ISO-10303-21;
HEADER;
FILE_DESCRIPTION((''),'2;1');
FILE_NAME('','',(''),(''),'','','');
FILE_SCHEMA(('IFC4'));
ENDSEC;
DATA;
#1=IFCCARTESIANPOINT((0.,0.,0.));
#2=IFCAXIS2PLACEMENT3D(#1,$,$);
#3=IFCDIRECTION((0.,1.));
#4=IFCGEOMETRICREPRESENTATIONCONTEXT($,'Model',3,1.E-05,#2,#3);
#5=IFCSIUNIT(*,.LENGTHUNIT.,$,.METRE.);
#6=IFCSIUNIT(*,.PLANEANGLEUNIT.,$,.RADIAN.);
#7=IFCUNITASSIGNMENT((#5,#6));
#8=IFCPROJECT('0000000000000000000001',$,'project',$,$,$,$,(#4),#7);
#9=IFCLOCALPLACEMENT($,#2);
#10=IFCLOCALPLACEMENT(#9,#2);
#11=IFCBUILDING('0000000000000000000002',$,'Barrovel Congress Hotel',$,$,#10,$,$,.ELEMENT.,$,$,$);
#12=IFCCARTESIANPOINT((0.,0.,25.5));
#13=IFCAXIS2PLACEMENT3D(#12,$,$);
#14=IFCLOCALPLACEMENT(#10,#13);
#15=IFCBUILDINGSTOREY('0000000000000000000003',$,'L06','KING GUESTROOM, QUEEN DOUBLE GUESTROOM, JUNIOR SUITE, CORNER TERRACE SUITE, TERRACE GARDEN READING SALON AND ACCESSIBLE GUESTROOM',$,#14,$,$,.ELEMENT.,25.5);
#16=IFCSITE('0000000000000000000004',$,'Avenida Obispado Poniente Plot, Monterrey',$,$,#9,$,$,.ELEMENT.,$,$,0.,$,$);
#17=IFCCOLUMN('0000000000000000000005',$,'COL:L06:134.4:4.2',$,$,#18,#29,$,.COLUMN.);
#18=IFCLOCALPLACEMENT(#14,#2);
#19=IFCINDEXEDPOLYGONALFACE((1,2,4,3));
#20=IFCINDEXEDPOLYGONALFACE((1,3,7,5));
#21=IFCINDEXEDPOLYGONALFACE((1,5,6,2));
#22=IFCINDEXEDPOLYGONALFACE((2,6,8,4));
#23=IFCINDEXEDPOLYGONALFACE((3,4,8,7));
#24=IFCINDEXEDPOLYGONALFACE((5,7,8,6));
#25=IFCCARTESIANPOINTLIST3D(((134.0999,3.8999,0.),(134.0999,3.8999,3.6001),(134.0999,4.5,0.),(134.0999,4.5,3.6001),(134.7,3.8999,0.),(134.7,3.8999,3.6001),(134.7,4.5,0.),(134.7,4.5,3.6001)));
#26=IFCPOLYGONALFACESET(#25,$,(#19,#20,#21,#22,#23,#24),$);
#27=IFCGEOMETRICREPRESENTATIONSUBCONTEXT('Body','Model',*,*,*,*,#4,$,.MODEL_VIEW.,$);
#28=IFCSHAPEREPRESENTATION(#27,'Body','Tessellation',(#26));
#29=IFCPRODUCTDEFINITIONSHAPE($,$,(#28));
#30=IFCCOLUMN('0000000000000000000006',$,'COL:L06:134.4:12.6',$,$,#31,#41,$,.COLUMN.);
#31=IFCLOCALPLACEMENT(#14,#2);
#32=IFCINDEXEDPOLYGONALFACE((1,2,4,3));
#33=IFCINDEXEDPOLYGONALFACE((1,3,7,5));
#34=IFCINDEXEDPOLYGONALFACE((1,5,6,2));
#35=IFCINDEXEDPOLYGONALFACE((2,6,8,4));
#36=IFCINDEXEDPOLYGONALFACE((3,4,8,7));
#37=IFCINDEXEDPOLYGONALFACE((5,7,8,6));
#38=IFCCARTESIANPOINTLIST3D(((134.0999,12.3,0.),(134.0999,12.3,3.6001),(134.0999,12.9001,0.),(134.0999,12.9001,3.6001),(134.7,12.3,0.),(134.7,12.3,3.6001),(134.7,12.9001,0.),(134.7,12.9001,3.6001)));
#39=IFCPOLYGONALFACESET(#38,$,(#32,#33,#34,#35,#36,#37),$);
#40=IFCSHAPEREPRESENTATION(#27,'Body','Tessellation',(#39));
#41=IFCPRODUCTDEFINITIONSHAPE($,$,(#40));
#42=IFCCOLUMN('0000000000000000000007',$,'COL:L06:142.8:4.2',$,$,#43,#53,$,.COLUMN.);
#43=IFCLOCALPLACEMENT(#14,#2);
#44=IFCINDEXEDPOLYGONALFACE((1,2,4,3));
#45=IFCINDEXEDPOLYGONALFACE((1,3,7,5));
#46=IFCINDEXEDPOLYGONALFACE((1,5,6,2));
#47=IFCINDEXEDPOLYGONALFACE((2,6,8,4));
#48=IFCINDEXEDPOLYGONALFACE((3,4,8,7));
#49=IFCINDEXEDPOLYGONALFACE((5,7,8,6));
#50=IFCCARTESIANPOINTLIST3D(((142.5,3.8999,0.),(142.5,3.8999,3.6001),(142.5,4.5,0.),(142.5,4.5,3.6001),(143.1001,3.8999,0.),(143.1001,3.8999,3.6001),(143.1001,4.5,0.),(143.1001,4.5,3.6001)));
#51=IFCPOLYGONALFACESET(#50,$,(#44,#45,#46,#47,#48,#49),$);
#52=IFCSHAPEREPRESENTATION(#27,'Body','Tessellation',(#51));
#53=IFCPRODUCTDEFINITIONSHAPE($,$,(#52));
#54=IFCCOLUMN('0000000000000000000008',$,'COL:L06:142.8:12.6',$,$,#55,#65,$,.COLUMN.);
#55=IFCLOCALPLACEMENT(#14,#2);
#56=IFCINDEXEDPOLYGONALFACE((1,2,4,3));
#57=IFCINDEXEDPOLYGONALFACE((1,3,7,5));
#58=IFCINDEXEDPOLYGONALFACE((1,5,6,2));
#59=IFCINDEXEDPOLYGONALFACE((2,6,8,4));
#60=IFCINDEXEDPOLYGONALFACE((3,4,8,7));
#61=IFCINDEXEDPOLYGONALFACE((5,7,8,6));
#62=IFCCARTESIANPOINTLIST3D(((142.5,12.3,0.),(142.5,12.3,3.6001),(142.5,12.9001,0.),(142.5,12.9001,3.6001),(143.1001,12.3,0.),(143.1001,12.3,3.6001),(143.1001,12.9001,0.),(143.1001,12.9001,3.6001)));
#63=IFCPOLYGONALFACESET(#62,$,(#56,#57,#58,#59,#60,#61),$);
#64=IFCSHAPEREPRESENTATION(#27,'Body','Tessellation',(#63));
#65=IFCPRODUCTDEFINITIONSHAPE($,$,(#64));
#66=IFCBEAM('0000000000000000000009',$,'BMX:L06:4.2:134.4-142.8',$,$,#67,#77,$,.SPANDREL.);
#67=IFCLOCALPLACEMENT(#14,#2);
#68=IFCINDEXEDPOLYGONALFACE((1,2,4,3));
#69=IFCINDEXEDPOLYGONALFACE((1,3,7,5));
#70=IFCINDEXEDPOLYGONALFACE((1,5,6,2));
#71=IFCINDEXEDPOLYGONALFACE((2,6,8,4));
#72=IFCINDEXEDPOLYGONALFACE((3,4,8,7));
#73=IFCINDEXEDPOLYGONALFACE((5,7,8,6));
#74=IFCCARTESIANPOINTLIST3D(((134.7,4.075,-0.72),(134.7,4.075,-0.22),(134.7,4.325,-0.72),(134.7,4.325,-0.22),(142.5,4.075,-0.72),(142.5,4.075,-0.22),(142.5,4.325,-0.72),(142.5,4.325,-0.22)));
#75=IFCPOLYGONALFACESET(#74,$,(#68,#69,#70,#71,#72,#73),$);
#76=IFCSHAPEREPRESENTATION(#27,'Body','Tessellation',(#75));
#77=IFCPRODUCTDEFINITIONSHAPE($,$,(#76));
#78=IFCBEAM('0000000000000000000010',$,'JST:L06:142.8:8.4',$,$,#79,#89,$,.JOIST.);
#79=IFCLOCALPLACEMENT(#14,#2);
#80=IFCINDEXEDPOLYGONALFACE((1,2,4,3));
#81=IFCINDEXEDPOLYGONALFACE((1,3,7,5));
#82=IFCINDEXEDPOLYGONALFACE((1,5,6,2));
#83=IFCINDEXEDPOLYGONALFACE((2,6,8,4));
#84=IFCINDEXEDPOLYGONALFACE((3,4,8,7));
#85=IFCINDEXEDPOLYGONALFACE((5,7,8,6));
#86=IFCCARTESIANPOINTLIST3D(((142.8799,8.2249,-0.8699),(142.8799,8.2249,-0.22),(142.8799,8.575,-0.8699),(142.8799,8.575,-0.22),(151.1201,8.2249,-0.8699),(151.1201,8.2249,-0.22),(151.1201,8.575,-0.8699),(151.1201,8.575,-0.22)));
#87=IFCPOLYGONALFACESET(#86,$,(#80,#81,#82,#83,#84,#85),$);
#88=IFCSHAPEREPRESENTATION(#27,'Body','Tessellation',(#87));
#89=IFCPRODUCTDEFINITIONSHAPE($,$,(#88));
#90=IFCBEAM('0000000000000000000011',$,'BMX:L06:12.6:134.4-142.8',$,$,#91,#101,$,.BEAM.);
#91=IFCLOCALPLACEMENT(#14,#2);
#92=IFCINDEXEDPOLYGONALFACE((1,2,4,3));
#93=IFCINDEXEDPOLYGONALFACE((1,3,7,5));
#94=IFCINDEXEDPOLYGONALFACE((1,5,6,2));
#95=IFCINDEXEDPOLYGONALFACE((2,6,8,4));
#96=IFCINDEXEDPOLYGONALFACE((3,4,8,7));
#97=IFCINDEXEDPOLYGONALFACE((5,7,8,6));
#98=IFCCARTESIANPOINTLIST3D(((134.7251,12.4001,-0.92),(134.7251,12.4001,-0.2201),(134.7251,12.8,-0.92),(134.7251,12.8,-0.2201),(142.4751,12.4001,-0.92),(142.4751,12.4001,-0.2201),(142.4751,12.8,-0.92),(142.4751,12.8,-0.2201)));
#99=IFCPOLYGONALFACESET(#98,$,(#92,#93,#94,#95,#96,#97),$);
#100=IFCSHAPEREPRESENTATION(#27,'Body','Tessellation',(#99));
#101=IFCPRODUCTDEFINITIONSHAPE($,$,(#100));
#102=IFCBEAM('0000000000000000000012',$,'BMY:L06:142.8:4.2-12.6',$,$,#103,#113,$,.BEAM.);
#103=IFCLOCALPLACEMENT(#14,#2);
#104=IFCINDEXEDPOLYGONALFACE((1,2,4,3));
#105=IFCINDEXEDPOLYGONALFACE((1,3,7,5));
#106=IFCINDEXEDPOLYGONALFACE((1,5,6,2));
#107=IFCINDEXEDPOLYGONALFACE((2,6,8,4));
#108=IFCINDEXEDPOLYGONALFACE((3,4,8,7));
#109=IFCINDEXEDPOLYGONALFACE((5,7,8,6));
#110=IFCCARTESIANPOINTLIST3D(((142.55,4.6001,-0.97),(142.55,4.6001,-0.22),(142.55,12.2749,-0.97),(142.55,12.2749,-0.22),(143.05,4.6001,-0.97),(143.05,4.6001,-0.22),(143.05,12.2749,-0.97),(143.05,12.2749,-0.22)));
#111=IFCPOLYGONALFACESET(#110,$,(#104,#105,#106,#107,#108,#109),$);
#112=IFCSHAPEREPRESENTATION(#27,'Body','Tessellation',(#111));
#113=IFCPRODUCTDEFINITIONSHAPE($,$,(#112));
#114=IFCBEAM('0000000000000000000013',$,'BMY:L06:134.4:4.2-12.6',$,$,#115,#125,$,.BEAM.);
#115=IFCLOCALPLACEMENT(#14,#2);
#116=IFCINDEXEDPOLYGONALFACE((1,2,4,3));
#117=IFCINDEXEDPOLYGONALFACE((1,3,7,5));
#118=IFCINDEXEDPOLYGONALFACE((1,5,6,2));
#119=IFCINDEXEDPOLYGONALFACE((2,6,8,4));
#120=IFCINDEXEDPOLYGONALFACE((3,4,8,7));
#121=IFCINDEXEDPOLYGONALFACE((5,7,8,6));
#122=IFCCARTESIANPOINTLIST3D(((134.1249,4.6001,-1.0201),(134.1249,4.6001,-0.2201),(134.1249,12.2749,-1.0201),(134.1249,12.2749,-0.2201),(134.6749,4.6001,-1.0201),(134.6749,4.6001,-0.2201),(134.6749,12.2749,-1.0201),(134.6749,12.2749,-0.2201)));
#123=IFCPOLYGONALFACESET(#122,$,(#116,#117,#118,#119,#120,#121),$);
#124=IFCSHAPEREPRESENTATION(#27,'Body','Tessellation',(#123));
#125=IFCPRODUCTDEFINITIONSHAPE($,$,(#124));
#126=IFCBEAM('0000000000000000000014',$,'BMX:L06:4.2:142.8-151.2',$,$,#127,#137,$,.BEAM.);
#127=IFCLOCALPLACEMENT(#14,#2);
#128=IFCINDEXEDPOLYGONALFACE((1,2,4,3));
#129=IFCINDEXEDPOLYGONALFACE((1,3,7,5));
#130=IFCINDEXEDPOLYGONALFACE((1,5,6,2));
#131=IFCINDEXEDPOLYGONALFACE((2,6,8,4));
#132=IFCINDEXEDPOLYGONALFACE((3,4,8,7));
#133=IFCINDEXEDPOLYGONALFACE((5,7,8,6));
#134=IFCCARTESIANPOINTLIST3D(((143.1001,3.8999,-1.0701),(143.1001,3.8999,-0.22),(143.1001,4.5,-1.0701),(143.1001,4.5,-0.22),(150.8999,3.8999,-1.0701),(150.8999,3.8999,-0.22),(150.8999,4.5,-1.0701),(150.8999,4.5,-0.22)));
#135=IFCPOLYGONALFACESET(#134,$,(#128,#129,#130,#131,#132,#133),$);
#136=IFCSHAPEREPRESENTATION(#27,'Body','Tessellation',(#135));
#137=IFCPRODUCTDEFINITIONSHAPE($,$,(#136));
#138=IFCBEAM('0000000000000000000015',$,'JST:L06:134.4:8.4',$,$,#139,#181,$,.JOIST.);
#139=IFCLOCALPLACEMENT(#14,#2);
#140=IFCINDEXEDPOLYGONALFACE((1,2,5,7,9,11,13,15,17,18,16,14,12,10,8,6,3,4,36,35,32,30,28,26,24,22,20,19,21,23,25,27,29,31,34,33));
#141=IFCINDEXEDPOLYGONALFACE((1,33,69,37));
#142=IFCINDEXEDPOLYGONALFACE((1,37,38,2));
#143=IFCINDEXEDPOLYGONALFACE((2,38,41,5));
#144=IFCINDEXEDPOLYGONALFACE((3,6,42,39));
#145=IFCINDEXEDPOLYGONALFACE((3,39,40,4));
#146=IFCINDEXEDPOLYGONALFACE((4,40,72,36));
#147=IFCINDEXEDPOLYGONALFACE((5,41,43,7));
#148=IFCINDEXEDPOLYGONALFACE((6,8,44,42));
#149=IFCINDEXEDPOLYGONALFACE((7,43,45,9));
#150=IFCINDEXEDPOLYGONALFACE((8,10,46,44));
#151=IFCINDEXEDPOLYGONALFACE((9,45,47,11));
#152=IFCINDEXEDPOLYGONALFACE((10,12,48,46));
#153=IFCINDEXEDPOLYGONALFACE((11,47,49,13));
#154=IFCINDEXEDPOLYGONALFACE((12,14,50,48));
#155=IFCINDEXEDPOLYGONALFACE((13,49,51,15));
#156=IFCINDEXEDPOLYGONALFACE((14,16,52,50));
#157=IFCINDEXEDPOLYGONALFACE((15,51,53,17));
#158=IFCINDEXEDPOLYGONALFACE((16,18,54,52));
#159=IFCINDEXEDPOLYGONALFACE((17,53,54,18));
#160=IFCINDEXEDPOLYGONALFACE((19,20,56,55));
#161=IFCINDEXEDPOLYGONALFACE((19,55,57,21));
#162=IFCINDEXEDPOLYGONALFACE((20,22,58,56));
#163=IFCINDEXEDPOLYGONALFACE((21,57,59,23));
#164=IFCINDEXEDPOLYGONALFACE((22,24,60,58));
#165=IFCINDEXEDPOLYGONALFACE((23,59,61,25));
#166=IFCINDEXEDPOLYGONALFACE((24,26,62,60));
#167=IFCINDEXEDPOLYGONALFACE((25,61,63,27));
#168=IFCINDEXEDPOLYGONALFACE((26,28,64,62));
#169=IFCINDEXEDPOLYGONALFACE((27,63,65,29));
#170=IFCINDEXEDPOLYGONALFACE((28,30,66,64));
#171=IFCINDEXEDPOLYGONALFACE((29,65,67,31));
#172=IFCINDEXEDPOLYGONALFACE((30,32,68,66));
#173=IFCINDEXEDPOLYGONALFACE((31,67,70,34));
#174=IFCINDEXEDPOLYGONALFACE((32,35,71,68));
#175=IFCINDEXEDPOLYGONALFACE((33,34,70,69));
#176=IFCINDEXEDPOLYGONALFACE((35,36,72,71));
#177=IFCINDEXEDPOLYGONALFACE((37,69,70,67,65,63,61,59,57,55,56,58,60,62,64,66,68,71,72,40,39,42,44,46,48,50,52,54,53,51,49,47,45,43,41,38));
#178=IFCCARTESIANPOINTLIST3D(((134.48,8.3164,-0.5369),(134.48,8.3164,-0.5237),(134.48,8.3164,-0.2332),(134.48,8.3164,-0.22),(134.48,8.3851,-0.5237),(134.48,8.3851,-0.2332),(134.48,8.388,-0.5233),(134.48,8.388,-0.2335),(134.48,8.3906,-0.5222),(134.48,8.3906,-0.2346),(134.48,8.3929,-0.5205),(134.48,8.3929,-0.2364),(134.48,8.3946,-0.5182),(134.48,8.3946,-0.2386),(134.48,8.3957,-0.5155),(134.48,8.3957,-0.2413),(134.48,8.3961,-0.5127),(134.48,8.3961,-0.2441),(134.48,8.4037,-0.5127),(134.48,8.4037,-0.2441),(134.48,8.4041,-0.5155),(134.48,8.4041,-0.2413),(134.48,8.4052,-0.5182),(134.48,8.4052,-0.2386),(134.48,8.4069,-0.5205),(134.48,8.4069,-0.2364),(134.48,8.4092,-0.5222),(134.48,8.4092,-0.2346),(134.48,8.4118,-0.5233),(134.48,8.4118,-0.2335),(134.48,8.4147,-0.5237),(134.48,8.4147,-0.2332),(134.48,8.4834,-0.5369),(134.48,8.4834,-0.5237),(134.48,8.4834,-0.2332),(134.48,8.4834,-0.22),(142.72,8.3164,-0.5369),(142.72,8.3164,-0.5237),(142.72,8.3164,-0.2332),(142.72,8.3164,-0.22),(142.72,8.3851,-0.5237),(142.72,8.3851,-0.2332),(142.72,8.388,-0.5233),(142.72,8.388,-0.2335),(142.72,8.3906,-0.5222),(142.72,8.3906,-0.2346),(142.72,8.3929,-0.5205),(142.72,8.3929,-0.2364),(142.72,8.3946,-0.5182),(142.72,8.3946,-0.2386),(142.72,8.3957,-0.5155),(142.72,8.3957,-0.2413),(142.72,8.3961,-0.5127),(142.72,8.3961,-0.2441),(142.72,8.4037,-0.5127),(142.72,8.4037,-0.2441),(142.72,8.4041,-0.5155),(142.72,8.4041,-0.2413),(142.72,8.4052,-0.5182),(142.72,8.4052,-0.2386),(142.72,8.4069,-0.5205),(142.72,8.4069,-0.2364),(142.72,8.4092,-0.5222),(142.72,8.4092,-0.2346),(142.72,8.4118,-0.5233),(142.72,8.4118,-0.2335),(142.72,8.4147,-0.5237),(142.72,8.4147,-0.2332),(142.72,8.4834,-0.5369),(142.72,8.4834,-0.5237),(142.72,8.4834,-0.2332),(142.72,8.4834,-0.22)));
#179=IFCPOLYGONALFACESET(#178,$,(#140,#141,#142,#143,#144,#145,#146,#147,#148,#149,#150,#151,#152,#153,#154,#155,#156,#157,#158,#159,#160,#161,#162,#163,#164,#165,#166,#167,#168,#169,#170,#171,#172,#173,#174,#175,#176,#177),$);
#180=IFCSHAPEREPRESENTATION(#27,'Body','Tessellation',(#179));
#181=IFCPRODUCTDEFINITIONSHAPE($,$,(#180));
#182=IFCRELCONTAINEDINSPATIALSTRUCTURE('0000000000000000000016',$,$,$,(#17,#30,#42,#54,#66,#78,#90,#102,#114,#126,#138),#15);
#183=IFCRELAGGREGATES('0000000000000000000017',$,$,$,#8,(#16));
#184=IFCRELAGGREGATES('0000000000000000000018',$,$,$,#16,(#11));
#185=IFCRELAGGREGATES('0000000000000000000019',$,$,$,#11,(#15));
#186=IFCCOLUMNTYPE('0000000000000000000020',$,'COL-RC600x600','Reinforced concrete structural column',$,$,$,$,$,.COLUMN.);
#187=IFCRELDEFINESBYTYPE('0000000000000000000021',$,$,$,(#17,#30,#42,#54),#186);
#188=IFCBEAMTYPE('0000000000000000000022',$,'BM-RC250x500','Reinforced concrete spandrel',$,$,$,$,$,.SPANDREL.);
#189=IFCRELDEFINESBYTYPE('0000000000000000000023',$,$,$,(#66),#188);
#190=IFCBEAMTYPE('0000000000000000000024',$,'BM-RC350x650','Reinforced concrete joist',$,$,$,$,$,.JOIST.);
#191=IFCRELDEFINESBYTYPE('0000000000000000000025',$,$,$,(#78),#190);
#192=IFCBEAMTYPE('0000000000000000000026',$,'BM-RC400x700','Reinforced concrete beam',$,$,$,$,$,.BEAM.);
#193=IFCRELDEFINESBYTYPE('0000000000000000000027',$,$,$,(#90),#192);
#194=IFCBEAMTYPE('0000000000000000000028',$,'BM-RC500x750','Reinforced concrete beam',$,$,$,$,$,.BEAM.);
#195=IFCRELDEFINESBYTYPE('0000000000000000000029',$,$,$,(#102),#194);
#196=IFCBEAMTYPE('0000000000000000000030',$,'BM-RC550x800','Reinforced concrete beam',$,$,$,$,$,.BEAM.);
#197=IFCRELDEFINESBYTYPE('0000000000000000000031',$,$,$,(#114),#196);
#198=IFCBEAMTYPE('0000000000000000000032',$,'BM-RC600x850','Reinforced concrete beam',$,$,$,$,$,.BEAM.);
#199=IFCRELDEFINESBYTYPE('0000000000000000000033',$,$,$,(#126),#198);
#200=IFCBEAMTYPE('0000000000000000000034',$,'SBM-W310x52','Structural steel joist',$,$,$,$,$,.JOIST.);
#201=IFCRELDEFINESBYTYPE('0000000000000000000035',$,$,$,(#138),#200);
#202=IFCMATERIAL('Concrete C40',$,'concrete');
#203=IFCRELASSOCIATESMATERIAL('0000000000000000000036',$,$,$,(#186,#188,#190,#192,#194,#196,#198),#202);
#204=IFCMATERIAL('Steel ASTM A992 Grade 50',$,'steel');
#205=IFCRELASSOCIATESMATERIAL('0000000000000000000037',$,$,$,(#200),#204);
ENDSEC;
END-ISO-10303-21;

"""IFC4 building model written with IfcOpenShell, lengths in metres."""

from ifc_helpers import new_model, si_unit, direction, frame, origin, origin_2d, place, context, subcontext, project, spatial, rectangle, i_section, extrude, material, material_profile, profile_set, type_object, element, save


model = new_model("IFC4")

# Units and contexts
model_context = context("Model", 3, precision=1e-05, world=origin(), true_north=direction((0.0, 1.0)))
body_context = subcontext(model_context, "Body", "Model", "MODEL_VIEW")
ifc_project = project(units=[si_unit("LENGTHUNIT", "METRE"), si_unit("PLANEANGLEUNIT", "RADIAN")], contexts=[model_context])

# Site, building, storey
site_placement = place(None, origin())
site = spatial("IfcSite", under=ifc_project, at=site_placement, Name="Avenida Obispado Poniente Plot, Monterrey", CompositionType="ELEMENT", RefElevation=0.0)
building_placement = place(site_placement, origin())
building = spatial("IfcBuilding", under=site, at=building_placement, Name="Barrovel Congress Hotel", CompositionType="ELEMENT")
storey_placement = place(building_placement, frame((0.0, 0.0, 25.5)))
storey = spatial("IfcBuildingStorey", under=building, at=storey_placement, Name="L06", Description="KING GUESTROOM, QUEEN DOUBLE GUESTROOM, JUNIOR SUITE, CORNER TERRACE SUITE, TERRACE GARDEN READING SALON AND ACCESSIBLE GUESTROOM", CompositionType="ELEMENT", Elevation=25.5)

# Columns
ifc_material_1 = material(Name="Concrete C40", Category="concrete")
ifc_material_profile_1 = material_profile(ifc_material_1, rectangle(XDim=0.6001, YDim=0.6001, at=origin_2d()), Name="RC600x600")
ifc_profile_set_1 = profile_set([ifc_material_profile_1], Name="Concrete C40")
column_type = type_object("IfcColumnType", Name="COL-RC600x600", Description="Reinforced concrete structural column", PredefinedType="COLUMN", material=ifc_profile_set_1)
for number, where, z_axis, x_axis, name in (
    (1, (134.3999, 4.2, 0.0), (0.0, 0.0, 1.0), (1.0, 0.0, 0.0), "COL:L06:134.4:4.2"),
    (2, (134.3999, 12.6001, 0.0), (0.0, 0.0, 1.0), (1.0, 0.0, 0.0), "COL:L06:134.4:12.6"),
    (3, (142.8, 4.2, 0.0), (0.0, 0.0, 1.0), (1.0, 0.0, 0.0), "COL:L06:142.8:4.2"),
    (4, (142.8, 12.6001, 0.0), (0.0, 0.0, 1.0), (1.0, 0.0, 0.0), "COL:L06:142.8:12.6"),
):
    element("IfcColumn", number, at=place(storey_placement, frame(where, z_axis=z_axis, x_axis=x_axis)), inside=storey, type_object=column_type, Name=name, PredefinedType="COLUMN", context=body_context, shape_type="SweptSolid", body=[
        extrude(rectangle(XDim=0.6001, YDim=0.6001, at=origin_2d()), origin(), (0.0, 0.0, 1.0), 3.6001),
    ])

# Beams
ifc_material_profile_2 = material_profile(ifc_material_1, rectangle(XDim=0.25, YDim=0.5, at=origin_2d()), Name="RC250x500")
ifc_profile_set_2 = profile_set([ifc_material_profile_2], Name="Concrete C40")
beam_type_1 = type_object("IfcBeamType", Name="BM-RC250x500", Description="Reinforced concrete spandrel", PredefinedType="SPANDREL", material=ifc_profile_set_2)
beam_1_placement = place(storey_placement, frame((134.7, 4.2, -0.47), z_axis=(1.0, 0.0, 0.0), x_axis=(0.0, 1.0, 0.0)))
element("IfcBeam", 5, at=beam_1_placement, inside=storey, type_object=beam_type_1, Name="BMX:L06:4.2:134.4-142.8", PredefinedType="SPANDREL", context=body_context, shape_type="SweptSolid", body=[
    extrude(rectangle(XDim=0.25, YDim=0.5, at=origin_2d()), origin(), (0.0, 0.0, 1.0), 7.8),
])
ifc_material_profile_3 = material_profile(ifc_material_1, rectangle(XDim=0.3501, YDim=0.6499, at=origin_2d()), Name="RC350x650")
ifc_profile_set_3 = profile_set([ifc_material_profile_3], Name="Concrete C40")
beam_type_2 = type_object("IfcBeamType", Name="BM-RC350x650", Description="Reinforced concrete joist", PredefinedType="JOIST", material=ifc_profile_set_3)
beam_2_placement = place(storey_placement, frame((142.8799, 8.3999, -0.5449), z_axis=(1.0, 0.0, 0.0), x_axis=(0.0, 1.0, 0.0)))
element("IfcBeam", 6, at=beam_2_placement, inside=storey, type_object=beam_type_2, Name="JST:L06:142.8:8.4", PredefinedType="JOIST", context=body_context, shape_type="SweptSolid", body=[
    extrude(rectangle(XDim=0.3501, YDim=0.6499, at=origin_2d()), origin(), (0.0, 0.0, 1.0), 8.2402),
])
ifc_material_profile_4 = material_profile(ifc_material_1, rectangle(XDim=0.3999, YDim=0.7, at=origin_2d()), Name="RC400x700")
ifc_profile_set_4 = profile_set([ifc_material_profile_4], Name="Concrete C40")
beam_type_3 = type_object("IfcBeamType", Name="BM-RC400x700", Description="Reinforced concrete beam", PredefinedType="BEAM", material=ifc_profile_set_4)
beam_3_placement = place(storey_placement, frame((134.7251, 12.6001, -0.5701), z_axis=(1.0, 0.0, 0.0), x_axis=(0.0, 1.0, 0.0)))
element("IfcBeam", 7, at=beam_3_placement, inside=storey, type_object=beam_type_3, Name="BMX:L06:12.6:134.4-142.8", PredefinedType="BEAM", context=body_context, shape_type="SweptSolid", body=[
    extrude(rectangle(XDim=0.3999, YDim=0.7, at=origin_2d()), origin(), (0.0, 0.0, 1.0), 7.75),
])
ifc_material_profile_5 = material_profile(ifc_material_1, rectangle(XDim=0.5, YDim=0.75, at=origin_2d()), Name="RC500x750")
ifc_profile_set_5 = profile_set([ifc_material_profile_5], Name="Concrete C40")
beam_type_4 = type_object("IfcBeamType", Name="BM-RC500x750", Description="Reinforced concrete beam", PredefinedType="BEAM", material=ifc_profile_set_5)
beam_4_placement = place(storey_placement, frame((142.8, 4.6001, -0.595), z_axis=(0.0, 1.0, 0.0), x_axis=(-1.0, 0.0, 0.0)))
element("IfcBeam", 8, at=beam_4_placement, inside=storey, type_object=beam_type_4, Name="BMY:L06:142.8:4.2-12.6", PredefinedType="BEAM", context=body_context, shape_type="SweptSolid", body=[
    extrude(rectangle(XDim=0.5, YDim=0.75, at=origin_2d()), origin(), (0.0, 0.0, 1.0), 7.6748),
])
ifc_material_profile_6 = material_profile(ifc_material_1, rectangle(XDim=0.55, YDim=0.8, at=origin_2d()), Name="RC550x800")
ifc_profile_set_6 = profile_set([ifc_material_profile_6], Name="Concrete C40")
beam_type_5 = type_object("IfcBeamType", Name="BM-RC550x800", Description="Reinforced concrete beam", PredefinedType="BEAM", material=ifc_profile_set_6)
beam_5_placement = place(storey_placement, frame((134.3999, 4.6001, -0.6201), z_axis=(0.0, 1.0, 0.0), x_axis=(-1.0, 0.0, 0.0)))
element("IfcBeam", 9, at=beam_5_placement, inside=storey, type_object=beam_type_5, Name="BMY:L06:134.4:4.2-12.6", PredefinedType="BEAM", context=body_context, shape_type="SweptSolid", body=[
    extrude(rectangle(XDim=0.55, YDim=0.8, at=origin_2d()), origin(), (0.0, 0.0, 1.0), 7.6748),
])
ifc_material_profile_7 = material_profile(ifc_material_1, rectangle(XDim=0.6001, YDim=0.8501, at=origin_2d()), Name="RC600x850")
ifc_profile_set_7 = profile_set([ifc_material_profile_7], Name="Concrete C40")
beam_type_6 = type_object("IfcBeamType", Name="BM-RC600x850", Description="Reinforced concrete beam", PredefinedType="BEAM", material=ifc_profile_set_7)
beam_6_placement = place(storey_placement, frame((143.1001, 4.2, -0.645), z_axis=(1.0, 0.0, 0.0), x_axis=(0.0, 1.0, 0.0)))
element("IfcBeam", 10, at=beam_6_placement, inside=storey, type_object=beam_type_6, Name="BMX:L06:4.2:142.8-151.2", PredefinedType="BEAM", context=body_context, shape_type="SweptSolid", body=[
    extrude(rectangle(XDim=0.6001, YDim=0.8501, at=origin_2d()), origin(), (0.0, 0.0, 1.0), 7.7998),
])
ifc_material_2 = material(Name="Steel ASTM A992 Grade 50", Category="steel")
ifc_material_profile_8 = material_profile(ifc_material_2, i_section(OverallWidth=0.167, OverallDepth=0.3169, WebThickness=0.0076, FlangeThickness=0.0132, FilletRadius=0.011, at=origin_2d()), Name="W310x52")
ifc_profile_set_8 = profile_set([ifc_material_profile_8], Name="Steel ASTM A992 Grade 50")
beam_type_7 = type_object("IfcBeamType", Name="SBM-W310x52", Description="Structural steel joist", PredefinedType="JOIST", material=ifc_profile_set_8)
beam_7_placement = place(storey_placement, frame((134.48, 8.3999, -0.3784), z_axis=(1.0, 0.0, 0.0), x_axis=(0.0, 1.0, 0.0)))
element("IfcBeam", 11, at=beam_7_placement, inside=storey, type_object=beam_type_7, Name="JST:L06:134.4:8.4", PredefinedType="JOIST", context=body_context, shape_type="SweptSolid", body=[
    extrude(i_section(OverallWidth=0.167, OverallDepth=0.3169, WebThickness=0.0076, FlangeThickness=0.0132, FilletRadius=0.011, at=origin_2d()), origin(), (0.0, 0.0, 1.0), 8.24),
])

save(model, "model.ifc")
